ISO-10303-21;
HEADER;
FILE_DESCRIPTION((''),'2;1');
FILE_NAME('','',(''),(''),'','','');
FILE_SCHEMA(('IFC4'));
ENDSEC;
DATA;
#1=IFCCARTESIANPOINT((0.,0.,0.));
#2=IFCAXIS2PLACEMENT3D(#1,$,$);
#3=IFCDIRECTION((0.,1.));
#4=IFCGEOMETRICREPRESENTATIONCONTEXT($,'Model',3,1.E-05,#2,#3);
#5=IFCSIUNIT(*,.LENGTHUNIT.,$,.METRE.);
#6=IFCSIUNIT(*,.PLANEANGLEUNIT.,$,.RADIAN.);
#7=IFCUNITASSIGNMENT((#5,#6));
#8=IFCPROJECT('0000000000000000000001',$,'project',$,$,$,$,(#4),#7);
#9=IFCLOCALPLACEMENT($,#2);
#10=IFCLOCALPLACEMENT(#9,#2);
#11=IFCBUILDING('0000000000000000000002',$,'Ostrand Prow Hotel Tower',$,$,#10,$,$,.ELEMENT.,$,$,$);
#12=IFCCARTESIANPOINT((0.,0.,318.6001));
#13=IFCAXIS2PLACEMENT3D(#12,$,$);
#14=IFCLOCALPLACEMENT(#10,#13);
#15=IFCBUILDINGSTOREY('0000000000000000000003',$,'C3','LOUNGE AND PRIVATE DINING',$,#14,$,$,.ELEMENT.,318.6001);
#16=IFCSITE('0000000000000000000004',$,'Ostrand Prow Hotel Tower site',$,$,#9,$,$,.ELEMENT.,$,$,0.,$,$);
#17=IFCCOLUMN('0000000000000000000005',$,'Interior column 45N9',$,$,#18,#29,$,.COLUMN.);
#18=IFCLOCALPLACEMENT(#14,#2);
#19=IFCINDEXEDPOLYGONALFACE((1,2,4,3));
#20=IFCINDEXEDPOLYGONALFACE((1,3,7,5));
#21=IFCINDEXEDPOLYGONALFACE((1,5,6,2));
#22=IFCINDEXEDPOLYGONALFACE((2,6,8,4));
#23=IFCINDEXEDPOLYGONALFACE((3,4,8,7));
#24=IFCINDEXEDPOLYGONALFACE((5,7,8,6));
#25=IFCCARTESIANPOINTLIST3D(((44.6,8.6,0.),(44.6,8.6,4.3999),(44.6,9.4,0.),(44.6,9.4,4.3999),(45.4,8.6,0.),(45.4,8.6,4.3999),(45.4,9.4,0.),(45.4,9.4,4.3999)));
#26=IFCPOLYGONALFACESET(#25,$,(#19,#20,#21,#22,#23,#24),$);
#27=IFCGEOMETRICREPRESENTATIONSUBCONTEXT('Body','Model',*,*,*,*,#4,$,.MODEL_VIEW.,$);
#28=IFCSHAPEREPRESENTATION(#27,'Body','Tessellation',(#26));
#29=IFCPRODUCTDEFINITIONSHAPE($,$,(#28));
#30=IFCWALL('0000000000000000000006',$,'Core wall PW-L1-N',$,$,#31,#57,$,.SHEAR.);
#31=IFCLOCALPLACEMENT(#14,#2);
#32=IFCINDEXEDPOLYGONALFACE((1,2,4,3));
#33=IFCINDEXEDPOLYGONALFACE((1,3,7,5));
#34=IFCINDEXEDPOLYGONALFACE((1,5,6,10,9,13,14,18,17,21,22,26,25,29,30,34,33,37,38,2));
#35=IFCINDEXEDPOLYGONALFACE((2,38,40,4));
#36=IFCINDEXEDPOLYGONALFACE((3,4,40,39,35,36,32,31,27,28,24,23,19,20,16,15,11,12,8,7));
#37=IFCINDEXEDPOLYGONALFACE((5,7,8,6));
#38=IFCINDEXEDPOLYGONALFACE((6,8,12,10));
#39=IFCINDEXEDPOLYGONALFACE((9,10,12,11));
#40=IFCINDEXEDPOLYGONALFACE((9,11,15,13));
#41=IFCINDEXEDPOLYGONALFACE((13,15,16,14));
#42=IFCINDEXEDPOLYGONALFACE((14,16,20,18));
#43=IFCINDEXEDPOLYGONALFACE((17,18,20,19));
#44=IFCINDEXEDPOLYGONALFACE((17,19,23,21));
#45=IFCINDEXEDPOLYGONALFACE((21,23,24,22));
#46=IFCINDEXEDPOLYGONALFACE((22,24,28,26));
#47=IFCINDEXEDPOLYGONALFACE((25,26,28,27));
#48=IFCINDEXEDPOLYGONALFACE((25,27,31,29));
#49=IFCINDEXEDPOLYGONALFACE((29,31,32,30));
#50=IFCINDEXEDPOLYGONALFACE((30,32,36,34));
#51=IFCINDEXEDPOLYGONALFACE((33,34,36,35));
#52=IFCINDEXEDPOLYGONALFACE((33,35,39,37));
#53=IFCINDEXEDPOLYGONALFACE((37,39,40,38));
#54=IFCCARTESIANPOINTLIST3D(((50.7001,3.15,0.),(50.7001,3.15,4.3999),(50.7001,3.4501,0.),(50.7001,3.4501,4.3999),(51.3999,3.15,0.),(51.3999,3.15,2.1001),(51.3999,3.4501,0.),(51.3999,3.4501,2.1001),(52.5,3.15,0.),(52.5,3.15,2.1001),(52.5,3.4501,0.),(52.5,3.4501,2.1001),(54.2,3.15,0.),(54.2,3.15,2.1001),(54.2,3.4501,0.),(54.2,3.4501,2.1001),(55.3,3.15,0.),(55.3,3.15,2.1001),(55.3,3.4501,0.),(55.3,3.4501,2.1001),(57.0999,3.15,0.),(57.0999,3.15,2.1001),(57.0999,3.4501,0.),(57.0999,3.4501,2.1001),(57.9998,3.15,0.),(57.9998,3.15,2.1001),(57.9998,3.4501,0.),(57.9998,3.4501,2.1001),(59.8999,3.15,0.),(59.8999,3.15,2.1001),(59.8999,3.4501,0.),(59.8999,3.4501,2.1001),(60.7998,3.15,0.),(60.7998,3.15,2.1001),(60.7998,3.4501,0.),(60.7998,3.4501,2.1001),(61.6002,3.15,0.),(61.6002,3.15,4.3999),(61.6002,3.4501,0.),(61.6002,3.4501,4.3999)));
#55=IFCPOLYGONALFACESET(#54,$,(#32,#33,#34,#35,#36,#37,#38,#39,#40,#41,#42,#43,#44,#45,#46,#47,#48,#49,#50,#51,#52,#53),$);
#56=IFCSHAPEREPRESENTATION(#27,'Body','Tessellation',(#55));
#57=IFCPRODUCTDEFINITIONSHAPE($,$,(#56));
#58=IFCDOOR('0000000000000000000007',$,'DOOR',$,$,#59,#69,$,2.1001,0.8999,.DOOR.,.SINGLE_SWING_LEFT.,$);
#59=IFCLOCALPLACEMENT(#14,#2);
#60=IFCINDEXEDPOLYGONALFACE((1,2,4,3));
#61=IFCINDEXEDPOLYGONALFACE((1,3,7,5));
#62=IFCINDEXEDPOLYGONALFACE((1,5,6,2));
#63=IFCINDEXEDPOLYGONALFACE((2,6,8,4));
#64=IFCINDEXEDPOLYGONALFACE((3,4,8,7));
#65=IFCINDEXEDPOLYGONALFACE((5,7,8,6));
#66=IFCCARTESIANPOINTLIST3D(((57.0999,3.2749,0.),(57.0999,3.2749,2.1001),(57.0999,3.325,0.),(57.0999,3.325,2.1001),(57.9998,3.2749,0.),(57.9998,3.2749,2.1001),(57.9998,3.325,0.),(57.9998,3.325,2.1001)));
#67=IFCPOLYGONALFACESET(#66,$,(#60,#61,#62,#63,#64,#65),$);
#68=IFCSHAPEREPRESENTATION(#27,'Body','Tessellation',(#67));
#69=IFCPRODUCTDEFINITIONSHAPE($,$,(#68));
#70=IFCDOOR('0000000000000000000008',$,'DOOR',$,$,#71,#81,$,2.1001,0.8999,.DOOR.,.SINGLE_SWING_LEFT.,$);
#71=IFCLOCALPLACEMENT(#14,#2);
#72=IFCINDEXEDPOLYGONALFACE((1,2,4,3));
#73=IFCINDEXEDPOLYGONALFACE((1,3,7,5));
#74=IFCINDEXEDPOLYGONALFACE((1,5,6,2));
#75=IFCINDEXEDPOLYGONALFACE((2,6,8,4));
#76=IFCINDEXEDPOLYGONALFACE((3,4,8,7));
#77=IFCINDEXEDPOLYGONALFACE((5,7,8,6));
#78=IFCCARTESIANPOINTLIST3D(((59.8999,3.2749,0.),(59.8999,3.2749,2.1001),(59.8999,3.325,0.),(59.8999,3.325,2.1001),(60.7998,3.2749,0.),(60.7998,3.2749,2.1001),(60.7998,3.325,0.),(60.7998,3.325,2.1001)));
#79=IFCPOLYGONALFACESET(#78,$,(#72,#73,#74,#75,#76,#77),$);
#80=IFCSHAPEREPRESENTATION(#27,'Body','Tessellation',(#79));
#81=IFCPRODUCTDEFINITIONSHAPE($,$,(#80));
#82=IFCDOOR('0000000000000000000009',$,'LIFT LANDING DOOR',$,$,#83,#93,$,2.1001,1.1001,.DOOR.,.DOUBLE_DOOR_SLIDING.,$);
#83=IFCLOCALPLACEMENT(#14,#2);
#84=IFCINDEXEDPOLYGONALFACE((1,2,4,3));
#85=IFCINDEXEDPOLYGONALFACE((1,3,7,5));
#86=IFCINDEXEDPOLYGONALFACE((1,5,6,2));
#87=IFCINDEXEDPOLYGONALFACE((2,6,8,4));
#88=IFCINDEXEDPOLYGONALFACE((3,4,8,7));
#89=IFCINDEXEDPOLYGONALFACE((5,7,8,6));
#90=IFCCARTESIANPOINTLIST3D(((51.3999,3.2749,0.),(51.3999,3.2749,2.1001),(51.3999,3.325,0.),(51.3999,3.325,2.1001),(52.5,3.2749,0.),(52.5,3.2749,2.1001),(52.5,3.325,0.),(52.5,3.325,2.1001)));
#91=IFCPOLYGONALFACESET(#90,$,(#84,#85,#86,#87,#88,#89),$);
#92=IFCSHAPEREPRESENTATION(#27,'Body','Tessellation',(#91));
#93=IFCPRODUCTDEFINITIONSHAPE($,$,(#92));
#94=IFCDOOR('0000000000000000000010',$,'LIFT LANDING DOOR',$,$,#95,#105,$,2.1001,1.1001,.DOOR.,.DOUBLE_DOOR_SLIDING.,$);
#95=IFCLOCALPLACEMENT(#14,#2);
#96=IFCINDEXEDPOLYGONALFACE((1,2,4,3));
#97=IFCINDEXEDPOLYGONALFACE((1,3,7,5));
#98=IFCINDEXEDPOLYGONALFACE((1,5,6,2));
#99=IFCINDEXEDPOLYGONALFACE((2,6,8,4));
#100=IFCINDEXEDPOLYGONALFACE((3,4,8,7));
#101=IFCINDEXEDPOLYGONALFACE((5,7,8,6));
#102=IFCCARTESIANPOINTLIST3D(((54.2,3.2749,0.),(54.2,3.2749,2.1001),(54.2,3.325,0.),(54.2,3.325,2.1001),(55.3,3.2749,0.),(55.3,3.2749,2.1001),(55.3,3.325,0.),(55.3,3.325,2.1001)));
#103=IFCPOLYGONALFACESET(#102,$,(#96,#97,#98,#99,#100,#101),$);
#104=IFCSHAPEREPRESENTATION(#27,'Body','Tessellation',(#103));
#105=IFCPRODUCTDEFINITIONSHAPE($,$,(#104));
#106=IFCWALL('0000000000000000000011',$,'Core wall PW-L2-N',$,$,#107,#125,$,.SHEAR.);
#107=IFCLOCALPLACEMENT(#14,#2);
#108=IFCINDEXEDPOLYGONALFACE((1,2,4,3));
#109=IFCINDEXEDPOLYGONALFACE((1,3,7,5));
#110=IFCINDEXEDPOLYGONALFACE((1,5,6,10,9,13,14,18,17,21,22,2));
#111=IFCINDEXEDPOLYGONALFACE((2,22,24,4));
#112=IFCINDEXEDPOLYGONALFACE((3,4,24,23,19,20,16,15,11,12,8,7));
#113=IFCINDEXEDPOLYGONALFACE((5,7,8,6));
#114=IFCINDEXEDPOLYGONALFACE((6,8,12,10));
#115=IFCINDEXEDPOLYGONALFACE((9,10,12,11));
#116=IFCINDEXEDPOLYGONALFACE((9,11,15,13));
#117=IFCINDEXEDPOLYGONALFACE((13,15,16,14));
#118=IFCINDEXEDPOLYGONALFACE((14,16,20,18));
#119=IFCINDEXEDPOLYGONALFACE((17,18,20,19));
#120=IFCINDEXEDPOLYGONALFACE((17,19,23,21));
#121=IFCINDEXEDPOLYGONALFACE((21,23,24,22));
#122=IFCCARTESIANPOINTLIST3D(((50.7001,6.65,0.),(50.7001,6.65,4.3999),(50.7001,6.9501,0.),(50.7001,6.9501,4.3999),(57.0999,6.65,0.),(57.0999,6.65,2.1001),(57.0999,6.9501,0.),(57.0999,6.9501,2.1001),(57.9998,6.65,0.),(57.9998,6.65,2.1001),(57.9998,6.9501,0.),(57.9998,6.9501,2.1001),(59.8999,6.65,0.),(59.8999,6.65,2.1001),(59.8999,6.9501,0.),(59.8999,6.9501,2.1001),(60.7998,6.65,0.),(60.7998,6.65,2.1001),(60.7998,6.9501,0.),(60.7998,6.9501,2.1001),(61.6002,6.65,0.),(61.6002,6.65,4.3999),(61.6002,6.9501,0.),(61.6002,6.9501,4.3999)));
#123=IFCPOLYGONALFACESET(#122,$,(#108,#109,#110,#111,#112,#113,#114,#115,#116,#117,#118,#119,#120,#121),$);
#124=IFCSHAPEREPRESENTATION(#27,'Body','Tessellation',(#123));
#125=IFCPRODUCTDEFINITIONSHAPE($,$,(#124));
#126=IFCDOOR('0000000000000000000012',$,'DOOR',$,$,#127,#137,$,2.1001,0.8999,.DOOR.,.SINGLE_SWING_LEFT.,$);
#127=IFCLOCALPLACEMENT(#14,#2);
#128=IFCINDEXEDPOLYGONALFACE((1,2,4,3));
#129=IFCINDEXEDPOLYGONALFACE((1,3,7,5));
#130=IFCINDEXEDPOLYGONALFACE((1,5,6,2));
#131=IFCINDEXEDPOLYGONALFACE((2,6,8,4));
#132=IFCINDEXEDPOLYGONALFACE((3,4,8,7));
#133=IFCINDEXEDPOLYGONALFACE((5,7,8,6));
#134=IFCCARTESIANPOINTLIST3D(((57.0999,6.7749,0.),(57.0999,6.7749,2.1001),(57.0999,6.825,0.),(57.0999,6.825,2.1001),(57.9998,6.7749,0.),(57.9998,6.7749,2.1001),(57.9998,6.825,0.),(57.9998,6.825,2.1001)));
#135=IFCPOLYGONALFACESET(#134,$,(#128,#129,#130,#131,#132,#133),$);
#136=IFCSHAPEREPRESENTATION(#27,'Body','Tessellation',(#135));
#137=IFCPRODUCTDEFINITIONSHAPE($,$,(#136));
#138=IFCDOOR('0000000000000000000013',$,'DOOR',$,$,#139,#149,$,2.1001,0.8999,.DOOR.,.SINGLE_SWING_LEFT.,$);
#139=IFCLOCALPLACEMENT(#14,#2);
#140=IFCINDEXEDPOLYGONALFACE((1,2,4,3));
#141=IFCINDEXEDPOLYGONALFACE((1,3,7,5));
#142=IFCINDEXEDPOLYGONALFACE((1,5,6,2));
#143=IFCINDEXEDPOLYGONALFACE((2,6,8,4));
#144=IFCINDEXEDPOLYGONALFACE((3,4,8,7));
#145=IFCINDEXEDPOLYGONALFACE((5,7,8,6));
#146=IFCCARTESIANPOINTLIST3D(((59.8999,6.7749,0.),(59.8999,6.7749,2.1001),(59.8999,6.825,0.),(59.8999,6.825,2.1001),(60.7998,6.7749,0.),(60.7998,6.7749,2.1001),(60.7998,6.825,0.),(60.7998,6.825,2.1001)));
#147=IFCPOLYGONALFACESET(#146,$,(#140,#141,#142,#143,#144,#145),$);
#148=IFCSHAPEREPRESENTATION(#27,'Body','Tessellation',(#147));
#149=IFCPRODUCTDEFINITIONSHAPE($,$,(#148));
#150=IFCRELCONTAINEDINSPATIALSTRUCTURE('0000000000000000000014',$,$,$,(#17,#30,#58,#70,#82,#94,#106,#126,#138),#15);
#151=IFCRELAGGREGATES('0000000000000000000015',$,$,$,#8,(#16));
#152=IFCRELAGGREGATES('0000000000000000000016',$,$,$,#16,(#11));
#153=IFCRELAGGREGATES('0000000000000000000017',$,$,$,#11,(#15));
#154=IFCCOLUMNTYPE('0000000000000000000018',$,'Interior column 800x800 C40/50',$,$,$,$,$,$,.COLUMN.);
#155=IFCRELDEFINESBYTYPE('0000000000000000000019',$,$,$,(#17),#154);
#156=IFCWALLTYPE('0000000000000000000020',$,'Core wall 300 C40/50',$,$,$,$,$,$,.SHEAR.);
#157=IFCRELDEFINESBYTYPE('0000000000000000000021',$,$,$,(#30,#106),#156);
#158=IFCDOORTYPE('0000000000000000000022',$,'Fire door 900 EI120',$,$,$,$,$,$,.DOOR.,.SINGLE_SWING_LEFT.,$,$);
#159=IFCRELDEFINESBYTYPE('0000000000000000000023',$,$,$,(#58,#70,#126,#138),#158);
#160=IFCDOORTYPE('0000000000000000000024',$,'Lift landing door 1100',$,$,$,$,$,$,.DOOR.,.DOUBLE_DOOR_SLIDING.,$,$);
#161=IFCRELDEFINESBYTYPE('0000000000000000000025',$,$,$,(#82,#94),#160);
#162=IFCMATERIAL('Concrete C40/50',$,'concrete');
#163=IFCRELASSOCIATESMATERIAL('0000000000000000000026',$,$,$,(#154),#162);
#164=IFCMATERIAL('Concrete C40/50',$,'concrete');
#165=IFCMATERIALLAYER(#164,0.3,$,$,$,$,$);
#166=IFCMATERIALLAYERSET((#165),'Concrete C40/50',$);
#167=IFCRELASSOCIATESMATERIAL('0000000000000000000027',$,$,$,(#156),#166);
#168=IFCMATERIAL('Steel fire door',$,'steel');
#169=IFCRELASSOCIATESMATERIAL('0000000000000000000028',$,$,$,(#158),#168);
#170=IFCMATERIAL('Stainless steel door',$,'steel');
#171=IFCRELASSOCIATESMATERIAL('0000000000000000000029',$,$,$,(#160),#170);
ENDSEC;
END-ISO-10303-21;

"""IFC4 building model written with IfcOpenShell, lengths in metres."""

from ifc_helpers import new_model, si_unit, direction, frame, frame_2d, origin, origin_2d, place, context, subcontext, project, spatial, rectangle, extrude, material, layer, layer_set, material_profile, profile_set, type_object, element, fill, save


model = new_model("IFC4")

# Units and contexts
model_context = context("Model", 3, precision=1e-05, world=origin(), true_north=direction((0.0, 1.0)))
body_context = subcontext(model_context, "Body", "Model", "MODEL_VIEW")
ifc_project = project(units=[si_unit("LENGTHUNIT", "METRE"), si_unit("PLANEANGLEUNIT", "RADIAN")], contexts=[model_context])

# Site, building, storey
site_placement = place(None, origin())
site = spatial("IfcSite", under=ifc_project, at=site_placement, Name="Ostrand Prow Hotel Tower site", CompositionType="ELEMENT", RefElevation=0.0)
building_placement = place(site_placement, origin())
building = spatial("IfcBuilding", under=site, at=building_placement, Name="Ostrand Prow Hotel Tower", CompositionType="ELEMENT")
storey_placement = place(building_placement, frame((0.0, 0.0, 318.6001)))
storey = spatial("IfcBuildingStorey", under=building, at=storey_placement, Name="C3", Description="LOUNGE AND PRIVATE DINING", CompositionType="ELEMENT", Elevation=318.6001)

# Column
ifc_material_1 = material(Name="Concrete C40/50", Category="concrete")
ifc_material_profile = material_profile(ifc_material_1, rectangle(XDim=0.8, YDim=0.8, at=origin_2d()), Name="RC 800x800")
ifc_profile_set = profile_set([ifc_material_profile], Name="Concrete C40/50")
column_type = type_object("IfcColumnType", Name="Interior column 800x800 C40/50", PredefinedType="COLUMN", material=ifc_profile_set)
column_placement = place(storey_placement, frame((45.0, 9.0, 0.0), z_axis=(0.0, 0.0, 1.0), x_axis=(1.0, 0.0, 0.0)))
element("IfcColumn", 1, at=column_placement, inside=storey, type_object=column_type, Name="Interior column 45N9", PredefinedType="COLUMN", context=body_context, shape_type="SweptSolid", body=[
    extrude(rectangle(XDim=0.8, YDim=0.8, at=origin_2d()), origin(), (0.0, 0.0, 1.0), 4.3999),
])

# Walls, openings, doors
ifc_material_2 = material(Name="Concrete C40/50", Category="concrete")
ifc_layer_1 = layer(ifc_material_2, 0.3)
ifc_layer_set_1 = layer_set([ifc_layer_1], Name="Concrete C40/50")
wall_type_1 = type_object("IfcWallType", Name="Core wall 300 C40/50", PredefinedType="SHEAR", material=ifc_layer_set_1)
wall_1_placement = place(storey_placement, frame((50.7, 3.3, 0.0), z_axis=(0.0, 0.0, 1.0), x_axis=(1.0, 0.0, 0.0)))
wall_1 = element("IfcWall", 2, at=wall_1_placement, inside=storey, type_object=wall_type_1, Name="Core wall PW-L1-N", PredefinedType="SHEAR", context=body_context, shape_type="SweptSolid", body=[
    extrude(rectangle(XDim=10.9001, YDim=0.3, at=frame_2d((5.4502, 0.0))), origin(), (0.0, 0.0, 1.0), 4.3999),
])
opening_1_placement = place(wall_1_placement, frame((0.7, 0.0, 0.0)))
opening_1 = element("IfcOpeningElement", 3, at=opening_1_placement, cuts=wall_1, PredefinedType="OPENING", context=body_context, shape_type="SweptSolid", body=[
    extrude(rectangle(XDim=1.1001, YDim=2.1001, at=frame_2d((0.55, 1.05))), frame((0.0, 0.1599, 0.0), z_axis=(0.0, -1.0, 0.0), x_axis=(1.0, 0.0, 0.0)), (0.0, 0.0, 1.0), 0.3201),
])
opening_2_placement = place(wall_1_placement, frame((3.5, 0.0, 0.0)))
opening_2 = element("IfcOpeningElement", 4, at=opening_2_placement, cuts=wall_1, PredefinedType="OPENING", context=body_context, shape_type="SweptSolid", body=[
    extrude(rectangle(XDim=1.1001, YDim=2.1001, at=frame_2d((0.55, 1.05))), frame((0.0, 0.1599, 0.0), z_axis=(0.0, -1.0, 0.0), x_axis=(1.0, 0.0, 0.0)), (0.0, 0.0, 1.0), 0.3201),
])
opening_3_placement = place(wall_1_placement, frame((6.3999, 0.0, 0.0)))
opening_3 = element("IfcOpeningElement", 5, at=opening_3_placement, cuts=wall_1, PredefinedType="OPENING", context=body_context, shape_type="SweptSolid", body=[
    extrude(rectangle(XDim=0.8999, YDim=2.1001, at=frame_2d((0.45, 1.05))), frame((0.0, 0.1599, 0.0), z_axis=(0.0, -1.0, 0.0), x_axis=(1.0, 0.0, 0.0)), (0.0, 0.0, 1.0), 0.3201),
])
opening_4_placement = place(wall_1_placement, frame((9.2, 0.0, 0.0)))
opening_4 = element("IfcOpeningElement", 6, at=opening_4_placement, cuts=wall_1, PredefinedType="OPENING", context=body_context, shape_type="SweptSolid", body=[
    extrude(rectangle(XDim=0.8999, YDim=2.1001, at=frame_2d((0.45, 1.05))), frame((0.0, 0.1599, 0.0), z_axis=(0.0, -1.0, 0.0), x_axis=(1.0, 0.0, 0.0)), (0.0, 0.0, 1.0), 0.3201),
])
ifc_material_3 = material(Name="Steel fire door", Category="steel")
door_type_1 = type_object("IfcDoorType", Name="Fire door 900 EI120", OperationType="SINGLE_SWING_LEFT", PredefinedType="DOOR", material=ifc_material_3)
door_1_placement = place(opening_3_placement, origin())
door_1 = element("IfcDoor", 7, at=door_1_placement, inside=storey, type_object=door_type_1, Name="DOOR", OperationType="SINGLE_SWING_LEFT", OverallHeight=2.1001, OverallWidth=0.8999, PredefinedType="DOOR", context=body_context, shape_type="SweptSolid", body=[
    extrude(rectangle(XDim=0.8999, YDim=2.1001, at=frame_2d((0.45, 1.05))), frame((0.0, 0.0249, 0.0), z_axis=(0.0, -1.0, 0.0), x_axis=(1.0, 0.0, 0.0)), (0.0, 0.0, 1.0), 0.05),
])
fill(opening_3, door_1)
door_2_placement = place(opening_4_placement, origin())
door_2 = element("IfcDoor", 8, at=door_2_placement, inside=storey, type_object=door_type_1, Name="DOOR", OperationType="SINGLE_SWING_LEFT", OverallHeight=2.1001, OverallWidth=0.8999, PredefinedType="DOOR", context=body_context, shape_type="SweptSolid", body=[
    extrude(rectangle(XDim=0.8999, YDim=2.1001, at=frame_2d((0.45, 1.05))), frame((0.0, 0.0249, 0.0), z_axis=(0.0, -1.0, 0.0), x_axis=(1.0, 0.0, 0.0)), (0.0, 0.0, 1.0), 0.05),
])
fill(opening_4, door_2)
ifc_material_4 = material(Name="Stainless steel door", Category="steel")
door_type_2 = type_object("IfcDoorType", Name="Lift landing door 1100", OperationType="DOUBLE_DOOR_SLIDING", PredefinedType="DOOR", material=ifc_material_4)
door_3_placement = place(opening_1_placement, origin())
door_3 = element("IfcDoor", 9, at=door_3_placement, inside=storey, type_object=door_type_2, Name="LIFT LANDING DOOR", OperationType="DOUBLE_DOOR_SLIDING", OverallHeight=2.1001, OverallWidth=1.1001, PredefinedType="DOOR", context=body_context, shape_type="SweptSolid", body=[
    extrude(rectangle(XDim=1.1001, YDim=2.1001, at=frame_2d((0.55, 1.05))), frame((0.0, 0.0249, 0.0), z_axis=(0.0, -1.0, 0.0), x_axis=(1.0, 0.0, 0.0)), (0.0, 0.0, 1.0), 0.05),
])
fill(opening_1, door_3)
door_4_placement = place(opening_2_placement, origin())
door_4 = element("IfcDoor", 10, at=door_4_placement, inside=storey, type_object=door_type_2, Name="LIFT LANDING DOOR", OperationType="DOUBLE_DOOR_SLIDING", OverallHeight=2.1001, OverallWidth=1.1001, PredefinedType="DOOR", context=body_context, shape_type="SweptSolid", body=[
    extrude(rectangle(XDim=1.1001, YDim=2.1001, at=frame_2d((0.55, 1.05))), frame((0.0, 0.0249, 0.0), z_axis=(0.0, -1.0, 0.0), x_axis=(1.0, 0.0, 0.0)), (0.0, 0.0, 1.0), 0.05),
])
fill(opening_2, door_4)
wall_2_placement = place(storey_placement, frame((50.7, 6.8, 0.0), z_axis=(0.0, 0.0, 1.0), x_axis=(1.0, 0.0, 0.0)))
wall_2 = element("IfcWall", 11, at=wall_2_placement, inside=storey, type_object=wall_type_1, Name="Core wall PW-L2-N", PredefinedType="SHEAR", context=body_context, shape_type="SweptSolid", body=[
    extrude(rectangle(XDim=10.9001, YDim=0.3, at=frame_2d((5.4502, 0.0))), origin(), (0.0, 0.0, 1.0), 4.3999),
])
opening_5_placement = place(wall_2_placement, frame((6.3999, 0.0, 0.0)))
opening_5 = element("IfcOpeningElement", 12, at=opening_5_placement, cuts=wall_2, PredefinedType="OPENING", context=body_context, shape_type="SweptSolid", body=[
    extrude(rectangle(XDim=0.8999, YDim=2.1001, at=frame_2d((0.45, 1.05))), frame((0.0, 0.1599, 0.0), z_axis=(0.0, -1.0, 0.0), x_axis=(1.0, 0.0, 0.0)), (0.0, 0.0, 1.0), 0.3201),
])
opening_6_placement = place(wall_2_placement, frame((9.2, 0.0, 0.0)))
opening_6 = element("IfcOpeningElement", 13, at=opening_6_placement, cuts=wall_2, PredefinedType="OPENING", context=body_context, shape_type="SweptSolid", body=[
    extrude(rectangle(XDim=0.8999, YDim=2.1001, at=frame_2d((0.45, 1.05))), frame((0.0, 0.1599, 0.0), z_axis=(0.0, -1.0, 0.0), x_axis=(1.0, 0.0, 0.0)), (0.0, 0.0, 1.0), 0.3201),
])
door_5_placement = place(opening_5_placement, origin())
door_5 = element("IfcDoor", 14, at=door_5_placement, inside=storey, type_object=door_type_1, Name="DOOR", OperationType="SINGLE_SWING_LEFT", OverallHeight=2.1001, OverallWidth=0.8999, PredefinedType="DOOR", context=body_context, shape_type="SweptSolid", body=[
    extrude(rectangle(XDim=0.8999, YDim=2.1001, at=frame_2d((0.45, 1.05))), frame((0.0, 0.0249, 0.0), z_axis=(0.0, -1.0, 0.0), x_axis=(1.0, 0.0, 0.0)), (0.0, 0.0, 1.0), 0.05),
])
fill(opening_5, door_5)
door_6_placement = place(opening_6_placement, origin())
door_6 = element("IfcDoor", 15, at=door_6_placement, inside=storey, type_object=door_type_1, Name="DOOR", OperationType="SINGLE_SWING_LEFT", OverallHeight=2.1001, OverallWidth=0.8999, PredefinedType="DOOR", context=body_context, shape_type="SweptSolid", body=[
    extrude(rectangle(XDim=0.8999, YDim=2.1001, at=frame_2d((0.45, 1.05))), frame((0.0, 0.0249, 0.0), z_axis=(0.0, -1.0, 0.0), x_axis=(1.0, 0.0, 0.0)), (0.0, 0.0, 1.0), 0.05),
])
fill(opening_6, door_6)

save(model, "model.ifc")
